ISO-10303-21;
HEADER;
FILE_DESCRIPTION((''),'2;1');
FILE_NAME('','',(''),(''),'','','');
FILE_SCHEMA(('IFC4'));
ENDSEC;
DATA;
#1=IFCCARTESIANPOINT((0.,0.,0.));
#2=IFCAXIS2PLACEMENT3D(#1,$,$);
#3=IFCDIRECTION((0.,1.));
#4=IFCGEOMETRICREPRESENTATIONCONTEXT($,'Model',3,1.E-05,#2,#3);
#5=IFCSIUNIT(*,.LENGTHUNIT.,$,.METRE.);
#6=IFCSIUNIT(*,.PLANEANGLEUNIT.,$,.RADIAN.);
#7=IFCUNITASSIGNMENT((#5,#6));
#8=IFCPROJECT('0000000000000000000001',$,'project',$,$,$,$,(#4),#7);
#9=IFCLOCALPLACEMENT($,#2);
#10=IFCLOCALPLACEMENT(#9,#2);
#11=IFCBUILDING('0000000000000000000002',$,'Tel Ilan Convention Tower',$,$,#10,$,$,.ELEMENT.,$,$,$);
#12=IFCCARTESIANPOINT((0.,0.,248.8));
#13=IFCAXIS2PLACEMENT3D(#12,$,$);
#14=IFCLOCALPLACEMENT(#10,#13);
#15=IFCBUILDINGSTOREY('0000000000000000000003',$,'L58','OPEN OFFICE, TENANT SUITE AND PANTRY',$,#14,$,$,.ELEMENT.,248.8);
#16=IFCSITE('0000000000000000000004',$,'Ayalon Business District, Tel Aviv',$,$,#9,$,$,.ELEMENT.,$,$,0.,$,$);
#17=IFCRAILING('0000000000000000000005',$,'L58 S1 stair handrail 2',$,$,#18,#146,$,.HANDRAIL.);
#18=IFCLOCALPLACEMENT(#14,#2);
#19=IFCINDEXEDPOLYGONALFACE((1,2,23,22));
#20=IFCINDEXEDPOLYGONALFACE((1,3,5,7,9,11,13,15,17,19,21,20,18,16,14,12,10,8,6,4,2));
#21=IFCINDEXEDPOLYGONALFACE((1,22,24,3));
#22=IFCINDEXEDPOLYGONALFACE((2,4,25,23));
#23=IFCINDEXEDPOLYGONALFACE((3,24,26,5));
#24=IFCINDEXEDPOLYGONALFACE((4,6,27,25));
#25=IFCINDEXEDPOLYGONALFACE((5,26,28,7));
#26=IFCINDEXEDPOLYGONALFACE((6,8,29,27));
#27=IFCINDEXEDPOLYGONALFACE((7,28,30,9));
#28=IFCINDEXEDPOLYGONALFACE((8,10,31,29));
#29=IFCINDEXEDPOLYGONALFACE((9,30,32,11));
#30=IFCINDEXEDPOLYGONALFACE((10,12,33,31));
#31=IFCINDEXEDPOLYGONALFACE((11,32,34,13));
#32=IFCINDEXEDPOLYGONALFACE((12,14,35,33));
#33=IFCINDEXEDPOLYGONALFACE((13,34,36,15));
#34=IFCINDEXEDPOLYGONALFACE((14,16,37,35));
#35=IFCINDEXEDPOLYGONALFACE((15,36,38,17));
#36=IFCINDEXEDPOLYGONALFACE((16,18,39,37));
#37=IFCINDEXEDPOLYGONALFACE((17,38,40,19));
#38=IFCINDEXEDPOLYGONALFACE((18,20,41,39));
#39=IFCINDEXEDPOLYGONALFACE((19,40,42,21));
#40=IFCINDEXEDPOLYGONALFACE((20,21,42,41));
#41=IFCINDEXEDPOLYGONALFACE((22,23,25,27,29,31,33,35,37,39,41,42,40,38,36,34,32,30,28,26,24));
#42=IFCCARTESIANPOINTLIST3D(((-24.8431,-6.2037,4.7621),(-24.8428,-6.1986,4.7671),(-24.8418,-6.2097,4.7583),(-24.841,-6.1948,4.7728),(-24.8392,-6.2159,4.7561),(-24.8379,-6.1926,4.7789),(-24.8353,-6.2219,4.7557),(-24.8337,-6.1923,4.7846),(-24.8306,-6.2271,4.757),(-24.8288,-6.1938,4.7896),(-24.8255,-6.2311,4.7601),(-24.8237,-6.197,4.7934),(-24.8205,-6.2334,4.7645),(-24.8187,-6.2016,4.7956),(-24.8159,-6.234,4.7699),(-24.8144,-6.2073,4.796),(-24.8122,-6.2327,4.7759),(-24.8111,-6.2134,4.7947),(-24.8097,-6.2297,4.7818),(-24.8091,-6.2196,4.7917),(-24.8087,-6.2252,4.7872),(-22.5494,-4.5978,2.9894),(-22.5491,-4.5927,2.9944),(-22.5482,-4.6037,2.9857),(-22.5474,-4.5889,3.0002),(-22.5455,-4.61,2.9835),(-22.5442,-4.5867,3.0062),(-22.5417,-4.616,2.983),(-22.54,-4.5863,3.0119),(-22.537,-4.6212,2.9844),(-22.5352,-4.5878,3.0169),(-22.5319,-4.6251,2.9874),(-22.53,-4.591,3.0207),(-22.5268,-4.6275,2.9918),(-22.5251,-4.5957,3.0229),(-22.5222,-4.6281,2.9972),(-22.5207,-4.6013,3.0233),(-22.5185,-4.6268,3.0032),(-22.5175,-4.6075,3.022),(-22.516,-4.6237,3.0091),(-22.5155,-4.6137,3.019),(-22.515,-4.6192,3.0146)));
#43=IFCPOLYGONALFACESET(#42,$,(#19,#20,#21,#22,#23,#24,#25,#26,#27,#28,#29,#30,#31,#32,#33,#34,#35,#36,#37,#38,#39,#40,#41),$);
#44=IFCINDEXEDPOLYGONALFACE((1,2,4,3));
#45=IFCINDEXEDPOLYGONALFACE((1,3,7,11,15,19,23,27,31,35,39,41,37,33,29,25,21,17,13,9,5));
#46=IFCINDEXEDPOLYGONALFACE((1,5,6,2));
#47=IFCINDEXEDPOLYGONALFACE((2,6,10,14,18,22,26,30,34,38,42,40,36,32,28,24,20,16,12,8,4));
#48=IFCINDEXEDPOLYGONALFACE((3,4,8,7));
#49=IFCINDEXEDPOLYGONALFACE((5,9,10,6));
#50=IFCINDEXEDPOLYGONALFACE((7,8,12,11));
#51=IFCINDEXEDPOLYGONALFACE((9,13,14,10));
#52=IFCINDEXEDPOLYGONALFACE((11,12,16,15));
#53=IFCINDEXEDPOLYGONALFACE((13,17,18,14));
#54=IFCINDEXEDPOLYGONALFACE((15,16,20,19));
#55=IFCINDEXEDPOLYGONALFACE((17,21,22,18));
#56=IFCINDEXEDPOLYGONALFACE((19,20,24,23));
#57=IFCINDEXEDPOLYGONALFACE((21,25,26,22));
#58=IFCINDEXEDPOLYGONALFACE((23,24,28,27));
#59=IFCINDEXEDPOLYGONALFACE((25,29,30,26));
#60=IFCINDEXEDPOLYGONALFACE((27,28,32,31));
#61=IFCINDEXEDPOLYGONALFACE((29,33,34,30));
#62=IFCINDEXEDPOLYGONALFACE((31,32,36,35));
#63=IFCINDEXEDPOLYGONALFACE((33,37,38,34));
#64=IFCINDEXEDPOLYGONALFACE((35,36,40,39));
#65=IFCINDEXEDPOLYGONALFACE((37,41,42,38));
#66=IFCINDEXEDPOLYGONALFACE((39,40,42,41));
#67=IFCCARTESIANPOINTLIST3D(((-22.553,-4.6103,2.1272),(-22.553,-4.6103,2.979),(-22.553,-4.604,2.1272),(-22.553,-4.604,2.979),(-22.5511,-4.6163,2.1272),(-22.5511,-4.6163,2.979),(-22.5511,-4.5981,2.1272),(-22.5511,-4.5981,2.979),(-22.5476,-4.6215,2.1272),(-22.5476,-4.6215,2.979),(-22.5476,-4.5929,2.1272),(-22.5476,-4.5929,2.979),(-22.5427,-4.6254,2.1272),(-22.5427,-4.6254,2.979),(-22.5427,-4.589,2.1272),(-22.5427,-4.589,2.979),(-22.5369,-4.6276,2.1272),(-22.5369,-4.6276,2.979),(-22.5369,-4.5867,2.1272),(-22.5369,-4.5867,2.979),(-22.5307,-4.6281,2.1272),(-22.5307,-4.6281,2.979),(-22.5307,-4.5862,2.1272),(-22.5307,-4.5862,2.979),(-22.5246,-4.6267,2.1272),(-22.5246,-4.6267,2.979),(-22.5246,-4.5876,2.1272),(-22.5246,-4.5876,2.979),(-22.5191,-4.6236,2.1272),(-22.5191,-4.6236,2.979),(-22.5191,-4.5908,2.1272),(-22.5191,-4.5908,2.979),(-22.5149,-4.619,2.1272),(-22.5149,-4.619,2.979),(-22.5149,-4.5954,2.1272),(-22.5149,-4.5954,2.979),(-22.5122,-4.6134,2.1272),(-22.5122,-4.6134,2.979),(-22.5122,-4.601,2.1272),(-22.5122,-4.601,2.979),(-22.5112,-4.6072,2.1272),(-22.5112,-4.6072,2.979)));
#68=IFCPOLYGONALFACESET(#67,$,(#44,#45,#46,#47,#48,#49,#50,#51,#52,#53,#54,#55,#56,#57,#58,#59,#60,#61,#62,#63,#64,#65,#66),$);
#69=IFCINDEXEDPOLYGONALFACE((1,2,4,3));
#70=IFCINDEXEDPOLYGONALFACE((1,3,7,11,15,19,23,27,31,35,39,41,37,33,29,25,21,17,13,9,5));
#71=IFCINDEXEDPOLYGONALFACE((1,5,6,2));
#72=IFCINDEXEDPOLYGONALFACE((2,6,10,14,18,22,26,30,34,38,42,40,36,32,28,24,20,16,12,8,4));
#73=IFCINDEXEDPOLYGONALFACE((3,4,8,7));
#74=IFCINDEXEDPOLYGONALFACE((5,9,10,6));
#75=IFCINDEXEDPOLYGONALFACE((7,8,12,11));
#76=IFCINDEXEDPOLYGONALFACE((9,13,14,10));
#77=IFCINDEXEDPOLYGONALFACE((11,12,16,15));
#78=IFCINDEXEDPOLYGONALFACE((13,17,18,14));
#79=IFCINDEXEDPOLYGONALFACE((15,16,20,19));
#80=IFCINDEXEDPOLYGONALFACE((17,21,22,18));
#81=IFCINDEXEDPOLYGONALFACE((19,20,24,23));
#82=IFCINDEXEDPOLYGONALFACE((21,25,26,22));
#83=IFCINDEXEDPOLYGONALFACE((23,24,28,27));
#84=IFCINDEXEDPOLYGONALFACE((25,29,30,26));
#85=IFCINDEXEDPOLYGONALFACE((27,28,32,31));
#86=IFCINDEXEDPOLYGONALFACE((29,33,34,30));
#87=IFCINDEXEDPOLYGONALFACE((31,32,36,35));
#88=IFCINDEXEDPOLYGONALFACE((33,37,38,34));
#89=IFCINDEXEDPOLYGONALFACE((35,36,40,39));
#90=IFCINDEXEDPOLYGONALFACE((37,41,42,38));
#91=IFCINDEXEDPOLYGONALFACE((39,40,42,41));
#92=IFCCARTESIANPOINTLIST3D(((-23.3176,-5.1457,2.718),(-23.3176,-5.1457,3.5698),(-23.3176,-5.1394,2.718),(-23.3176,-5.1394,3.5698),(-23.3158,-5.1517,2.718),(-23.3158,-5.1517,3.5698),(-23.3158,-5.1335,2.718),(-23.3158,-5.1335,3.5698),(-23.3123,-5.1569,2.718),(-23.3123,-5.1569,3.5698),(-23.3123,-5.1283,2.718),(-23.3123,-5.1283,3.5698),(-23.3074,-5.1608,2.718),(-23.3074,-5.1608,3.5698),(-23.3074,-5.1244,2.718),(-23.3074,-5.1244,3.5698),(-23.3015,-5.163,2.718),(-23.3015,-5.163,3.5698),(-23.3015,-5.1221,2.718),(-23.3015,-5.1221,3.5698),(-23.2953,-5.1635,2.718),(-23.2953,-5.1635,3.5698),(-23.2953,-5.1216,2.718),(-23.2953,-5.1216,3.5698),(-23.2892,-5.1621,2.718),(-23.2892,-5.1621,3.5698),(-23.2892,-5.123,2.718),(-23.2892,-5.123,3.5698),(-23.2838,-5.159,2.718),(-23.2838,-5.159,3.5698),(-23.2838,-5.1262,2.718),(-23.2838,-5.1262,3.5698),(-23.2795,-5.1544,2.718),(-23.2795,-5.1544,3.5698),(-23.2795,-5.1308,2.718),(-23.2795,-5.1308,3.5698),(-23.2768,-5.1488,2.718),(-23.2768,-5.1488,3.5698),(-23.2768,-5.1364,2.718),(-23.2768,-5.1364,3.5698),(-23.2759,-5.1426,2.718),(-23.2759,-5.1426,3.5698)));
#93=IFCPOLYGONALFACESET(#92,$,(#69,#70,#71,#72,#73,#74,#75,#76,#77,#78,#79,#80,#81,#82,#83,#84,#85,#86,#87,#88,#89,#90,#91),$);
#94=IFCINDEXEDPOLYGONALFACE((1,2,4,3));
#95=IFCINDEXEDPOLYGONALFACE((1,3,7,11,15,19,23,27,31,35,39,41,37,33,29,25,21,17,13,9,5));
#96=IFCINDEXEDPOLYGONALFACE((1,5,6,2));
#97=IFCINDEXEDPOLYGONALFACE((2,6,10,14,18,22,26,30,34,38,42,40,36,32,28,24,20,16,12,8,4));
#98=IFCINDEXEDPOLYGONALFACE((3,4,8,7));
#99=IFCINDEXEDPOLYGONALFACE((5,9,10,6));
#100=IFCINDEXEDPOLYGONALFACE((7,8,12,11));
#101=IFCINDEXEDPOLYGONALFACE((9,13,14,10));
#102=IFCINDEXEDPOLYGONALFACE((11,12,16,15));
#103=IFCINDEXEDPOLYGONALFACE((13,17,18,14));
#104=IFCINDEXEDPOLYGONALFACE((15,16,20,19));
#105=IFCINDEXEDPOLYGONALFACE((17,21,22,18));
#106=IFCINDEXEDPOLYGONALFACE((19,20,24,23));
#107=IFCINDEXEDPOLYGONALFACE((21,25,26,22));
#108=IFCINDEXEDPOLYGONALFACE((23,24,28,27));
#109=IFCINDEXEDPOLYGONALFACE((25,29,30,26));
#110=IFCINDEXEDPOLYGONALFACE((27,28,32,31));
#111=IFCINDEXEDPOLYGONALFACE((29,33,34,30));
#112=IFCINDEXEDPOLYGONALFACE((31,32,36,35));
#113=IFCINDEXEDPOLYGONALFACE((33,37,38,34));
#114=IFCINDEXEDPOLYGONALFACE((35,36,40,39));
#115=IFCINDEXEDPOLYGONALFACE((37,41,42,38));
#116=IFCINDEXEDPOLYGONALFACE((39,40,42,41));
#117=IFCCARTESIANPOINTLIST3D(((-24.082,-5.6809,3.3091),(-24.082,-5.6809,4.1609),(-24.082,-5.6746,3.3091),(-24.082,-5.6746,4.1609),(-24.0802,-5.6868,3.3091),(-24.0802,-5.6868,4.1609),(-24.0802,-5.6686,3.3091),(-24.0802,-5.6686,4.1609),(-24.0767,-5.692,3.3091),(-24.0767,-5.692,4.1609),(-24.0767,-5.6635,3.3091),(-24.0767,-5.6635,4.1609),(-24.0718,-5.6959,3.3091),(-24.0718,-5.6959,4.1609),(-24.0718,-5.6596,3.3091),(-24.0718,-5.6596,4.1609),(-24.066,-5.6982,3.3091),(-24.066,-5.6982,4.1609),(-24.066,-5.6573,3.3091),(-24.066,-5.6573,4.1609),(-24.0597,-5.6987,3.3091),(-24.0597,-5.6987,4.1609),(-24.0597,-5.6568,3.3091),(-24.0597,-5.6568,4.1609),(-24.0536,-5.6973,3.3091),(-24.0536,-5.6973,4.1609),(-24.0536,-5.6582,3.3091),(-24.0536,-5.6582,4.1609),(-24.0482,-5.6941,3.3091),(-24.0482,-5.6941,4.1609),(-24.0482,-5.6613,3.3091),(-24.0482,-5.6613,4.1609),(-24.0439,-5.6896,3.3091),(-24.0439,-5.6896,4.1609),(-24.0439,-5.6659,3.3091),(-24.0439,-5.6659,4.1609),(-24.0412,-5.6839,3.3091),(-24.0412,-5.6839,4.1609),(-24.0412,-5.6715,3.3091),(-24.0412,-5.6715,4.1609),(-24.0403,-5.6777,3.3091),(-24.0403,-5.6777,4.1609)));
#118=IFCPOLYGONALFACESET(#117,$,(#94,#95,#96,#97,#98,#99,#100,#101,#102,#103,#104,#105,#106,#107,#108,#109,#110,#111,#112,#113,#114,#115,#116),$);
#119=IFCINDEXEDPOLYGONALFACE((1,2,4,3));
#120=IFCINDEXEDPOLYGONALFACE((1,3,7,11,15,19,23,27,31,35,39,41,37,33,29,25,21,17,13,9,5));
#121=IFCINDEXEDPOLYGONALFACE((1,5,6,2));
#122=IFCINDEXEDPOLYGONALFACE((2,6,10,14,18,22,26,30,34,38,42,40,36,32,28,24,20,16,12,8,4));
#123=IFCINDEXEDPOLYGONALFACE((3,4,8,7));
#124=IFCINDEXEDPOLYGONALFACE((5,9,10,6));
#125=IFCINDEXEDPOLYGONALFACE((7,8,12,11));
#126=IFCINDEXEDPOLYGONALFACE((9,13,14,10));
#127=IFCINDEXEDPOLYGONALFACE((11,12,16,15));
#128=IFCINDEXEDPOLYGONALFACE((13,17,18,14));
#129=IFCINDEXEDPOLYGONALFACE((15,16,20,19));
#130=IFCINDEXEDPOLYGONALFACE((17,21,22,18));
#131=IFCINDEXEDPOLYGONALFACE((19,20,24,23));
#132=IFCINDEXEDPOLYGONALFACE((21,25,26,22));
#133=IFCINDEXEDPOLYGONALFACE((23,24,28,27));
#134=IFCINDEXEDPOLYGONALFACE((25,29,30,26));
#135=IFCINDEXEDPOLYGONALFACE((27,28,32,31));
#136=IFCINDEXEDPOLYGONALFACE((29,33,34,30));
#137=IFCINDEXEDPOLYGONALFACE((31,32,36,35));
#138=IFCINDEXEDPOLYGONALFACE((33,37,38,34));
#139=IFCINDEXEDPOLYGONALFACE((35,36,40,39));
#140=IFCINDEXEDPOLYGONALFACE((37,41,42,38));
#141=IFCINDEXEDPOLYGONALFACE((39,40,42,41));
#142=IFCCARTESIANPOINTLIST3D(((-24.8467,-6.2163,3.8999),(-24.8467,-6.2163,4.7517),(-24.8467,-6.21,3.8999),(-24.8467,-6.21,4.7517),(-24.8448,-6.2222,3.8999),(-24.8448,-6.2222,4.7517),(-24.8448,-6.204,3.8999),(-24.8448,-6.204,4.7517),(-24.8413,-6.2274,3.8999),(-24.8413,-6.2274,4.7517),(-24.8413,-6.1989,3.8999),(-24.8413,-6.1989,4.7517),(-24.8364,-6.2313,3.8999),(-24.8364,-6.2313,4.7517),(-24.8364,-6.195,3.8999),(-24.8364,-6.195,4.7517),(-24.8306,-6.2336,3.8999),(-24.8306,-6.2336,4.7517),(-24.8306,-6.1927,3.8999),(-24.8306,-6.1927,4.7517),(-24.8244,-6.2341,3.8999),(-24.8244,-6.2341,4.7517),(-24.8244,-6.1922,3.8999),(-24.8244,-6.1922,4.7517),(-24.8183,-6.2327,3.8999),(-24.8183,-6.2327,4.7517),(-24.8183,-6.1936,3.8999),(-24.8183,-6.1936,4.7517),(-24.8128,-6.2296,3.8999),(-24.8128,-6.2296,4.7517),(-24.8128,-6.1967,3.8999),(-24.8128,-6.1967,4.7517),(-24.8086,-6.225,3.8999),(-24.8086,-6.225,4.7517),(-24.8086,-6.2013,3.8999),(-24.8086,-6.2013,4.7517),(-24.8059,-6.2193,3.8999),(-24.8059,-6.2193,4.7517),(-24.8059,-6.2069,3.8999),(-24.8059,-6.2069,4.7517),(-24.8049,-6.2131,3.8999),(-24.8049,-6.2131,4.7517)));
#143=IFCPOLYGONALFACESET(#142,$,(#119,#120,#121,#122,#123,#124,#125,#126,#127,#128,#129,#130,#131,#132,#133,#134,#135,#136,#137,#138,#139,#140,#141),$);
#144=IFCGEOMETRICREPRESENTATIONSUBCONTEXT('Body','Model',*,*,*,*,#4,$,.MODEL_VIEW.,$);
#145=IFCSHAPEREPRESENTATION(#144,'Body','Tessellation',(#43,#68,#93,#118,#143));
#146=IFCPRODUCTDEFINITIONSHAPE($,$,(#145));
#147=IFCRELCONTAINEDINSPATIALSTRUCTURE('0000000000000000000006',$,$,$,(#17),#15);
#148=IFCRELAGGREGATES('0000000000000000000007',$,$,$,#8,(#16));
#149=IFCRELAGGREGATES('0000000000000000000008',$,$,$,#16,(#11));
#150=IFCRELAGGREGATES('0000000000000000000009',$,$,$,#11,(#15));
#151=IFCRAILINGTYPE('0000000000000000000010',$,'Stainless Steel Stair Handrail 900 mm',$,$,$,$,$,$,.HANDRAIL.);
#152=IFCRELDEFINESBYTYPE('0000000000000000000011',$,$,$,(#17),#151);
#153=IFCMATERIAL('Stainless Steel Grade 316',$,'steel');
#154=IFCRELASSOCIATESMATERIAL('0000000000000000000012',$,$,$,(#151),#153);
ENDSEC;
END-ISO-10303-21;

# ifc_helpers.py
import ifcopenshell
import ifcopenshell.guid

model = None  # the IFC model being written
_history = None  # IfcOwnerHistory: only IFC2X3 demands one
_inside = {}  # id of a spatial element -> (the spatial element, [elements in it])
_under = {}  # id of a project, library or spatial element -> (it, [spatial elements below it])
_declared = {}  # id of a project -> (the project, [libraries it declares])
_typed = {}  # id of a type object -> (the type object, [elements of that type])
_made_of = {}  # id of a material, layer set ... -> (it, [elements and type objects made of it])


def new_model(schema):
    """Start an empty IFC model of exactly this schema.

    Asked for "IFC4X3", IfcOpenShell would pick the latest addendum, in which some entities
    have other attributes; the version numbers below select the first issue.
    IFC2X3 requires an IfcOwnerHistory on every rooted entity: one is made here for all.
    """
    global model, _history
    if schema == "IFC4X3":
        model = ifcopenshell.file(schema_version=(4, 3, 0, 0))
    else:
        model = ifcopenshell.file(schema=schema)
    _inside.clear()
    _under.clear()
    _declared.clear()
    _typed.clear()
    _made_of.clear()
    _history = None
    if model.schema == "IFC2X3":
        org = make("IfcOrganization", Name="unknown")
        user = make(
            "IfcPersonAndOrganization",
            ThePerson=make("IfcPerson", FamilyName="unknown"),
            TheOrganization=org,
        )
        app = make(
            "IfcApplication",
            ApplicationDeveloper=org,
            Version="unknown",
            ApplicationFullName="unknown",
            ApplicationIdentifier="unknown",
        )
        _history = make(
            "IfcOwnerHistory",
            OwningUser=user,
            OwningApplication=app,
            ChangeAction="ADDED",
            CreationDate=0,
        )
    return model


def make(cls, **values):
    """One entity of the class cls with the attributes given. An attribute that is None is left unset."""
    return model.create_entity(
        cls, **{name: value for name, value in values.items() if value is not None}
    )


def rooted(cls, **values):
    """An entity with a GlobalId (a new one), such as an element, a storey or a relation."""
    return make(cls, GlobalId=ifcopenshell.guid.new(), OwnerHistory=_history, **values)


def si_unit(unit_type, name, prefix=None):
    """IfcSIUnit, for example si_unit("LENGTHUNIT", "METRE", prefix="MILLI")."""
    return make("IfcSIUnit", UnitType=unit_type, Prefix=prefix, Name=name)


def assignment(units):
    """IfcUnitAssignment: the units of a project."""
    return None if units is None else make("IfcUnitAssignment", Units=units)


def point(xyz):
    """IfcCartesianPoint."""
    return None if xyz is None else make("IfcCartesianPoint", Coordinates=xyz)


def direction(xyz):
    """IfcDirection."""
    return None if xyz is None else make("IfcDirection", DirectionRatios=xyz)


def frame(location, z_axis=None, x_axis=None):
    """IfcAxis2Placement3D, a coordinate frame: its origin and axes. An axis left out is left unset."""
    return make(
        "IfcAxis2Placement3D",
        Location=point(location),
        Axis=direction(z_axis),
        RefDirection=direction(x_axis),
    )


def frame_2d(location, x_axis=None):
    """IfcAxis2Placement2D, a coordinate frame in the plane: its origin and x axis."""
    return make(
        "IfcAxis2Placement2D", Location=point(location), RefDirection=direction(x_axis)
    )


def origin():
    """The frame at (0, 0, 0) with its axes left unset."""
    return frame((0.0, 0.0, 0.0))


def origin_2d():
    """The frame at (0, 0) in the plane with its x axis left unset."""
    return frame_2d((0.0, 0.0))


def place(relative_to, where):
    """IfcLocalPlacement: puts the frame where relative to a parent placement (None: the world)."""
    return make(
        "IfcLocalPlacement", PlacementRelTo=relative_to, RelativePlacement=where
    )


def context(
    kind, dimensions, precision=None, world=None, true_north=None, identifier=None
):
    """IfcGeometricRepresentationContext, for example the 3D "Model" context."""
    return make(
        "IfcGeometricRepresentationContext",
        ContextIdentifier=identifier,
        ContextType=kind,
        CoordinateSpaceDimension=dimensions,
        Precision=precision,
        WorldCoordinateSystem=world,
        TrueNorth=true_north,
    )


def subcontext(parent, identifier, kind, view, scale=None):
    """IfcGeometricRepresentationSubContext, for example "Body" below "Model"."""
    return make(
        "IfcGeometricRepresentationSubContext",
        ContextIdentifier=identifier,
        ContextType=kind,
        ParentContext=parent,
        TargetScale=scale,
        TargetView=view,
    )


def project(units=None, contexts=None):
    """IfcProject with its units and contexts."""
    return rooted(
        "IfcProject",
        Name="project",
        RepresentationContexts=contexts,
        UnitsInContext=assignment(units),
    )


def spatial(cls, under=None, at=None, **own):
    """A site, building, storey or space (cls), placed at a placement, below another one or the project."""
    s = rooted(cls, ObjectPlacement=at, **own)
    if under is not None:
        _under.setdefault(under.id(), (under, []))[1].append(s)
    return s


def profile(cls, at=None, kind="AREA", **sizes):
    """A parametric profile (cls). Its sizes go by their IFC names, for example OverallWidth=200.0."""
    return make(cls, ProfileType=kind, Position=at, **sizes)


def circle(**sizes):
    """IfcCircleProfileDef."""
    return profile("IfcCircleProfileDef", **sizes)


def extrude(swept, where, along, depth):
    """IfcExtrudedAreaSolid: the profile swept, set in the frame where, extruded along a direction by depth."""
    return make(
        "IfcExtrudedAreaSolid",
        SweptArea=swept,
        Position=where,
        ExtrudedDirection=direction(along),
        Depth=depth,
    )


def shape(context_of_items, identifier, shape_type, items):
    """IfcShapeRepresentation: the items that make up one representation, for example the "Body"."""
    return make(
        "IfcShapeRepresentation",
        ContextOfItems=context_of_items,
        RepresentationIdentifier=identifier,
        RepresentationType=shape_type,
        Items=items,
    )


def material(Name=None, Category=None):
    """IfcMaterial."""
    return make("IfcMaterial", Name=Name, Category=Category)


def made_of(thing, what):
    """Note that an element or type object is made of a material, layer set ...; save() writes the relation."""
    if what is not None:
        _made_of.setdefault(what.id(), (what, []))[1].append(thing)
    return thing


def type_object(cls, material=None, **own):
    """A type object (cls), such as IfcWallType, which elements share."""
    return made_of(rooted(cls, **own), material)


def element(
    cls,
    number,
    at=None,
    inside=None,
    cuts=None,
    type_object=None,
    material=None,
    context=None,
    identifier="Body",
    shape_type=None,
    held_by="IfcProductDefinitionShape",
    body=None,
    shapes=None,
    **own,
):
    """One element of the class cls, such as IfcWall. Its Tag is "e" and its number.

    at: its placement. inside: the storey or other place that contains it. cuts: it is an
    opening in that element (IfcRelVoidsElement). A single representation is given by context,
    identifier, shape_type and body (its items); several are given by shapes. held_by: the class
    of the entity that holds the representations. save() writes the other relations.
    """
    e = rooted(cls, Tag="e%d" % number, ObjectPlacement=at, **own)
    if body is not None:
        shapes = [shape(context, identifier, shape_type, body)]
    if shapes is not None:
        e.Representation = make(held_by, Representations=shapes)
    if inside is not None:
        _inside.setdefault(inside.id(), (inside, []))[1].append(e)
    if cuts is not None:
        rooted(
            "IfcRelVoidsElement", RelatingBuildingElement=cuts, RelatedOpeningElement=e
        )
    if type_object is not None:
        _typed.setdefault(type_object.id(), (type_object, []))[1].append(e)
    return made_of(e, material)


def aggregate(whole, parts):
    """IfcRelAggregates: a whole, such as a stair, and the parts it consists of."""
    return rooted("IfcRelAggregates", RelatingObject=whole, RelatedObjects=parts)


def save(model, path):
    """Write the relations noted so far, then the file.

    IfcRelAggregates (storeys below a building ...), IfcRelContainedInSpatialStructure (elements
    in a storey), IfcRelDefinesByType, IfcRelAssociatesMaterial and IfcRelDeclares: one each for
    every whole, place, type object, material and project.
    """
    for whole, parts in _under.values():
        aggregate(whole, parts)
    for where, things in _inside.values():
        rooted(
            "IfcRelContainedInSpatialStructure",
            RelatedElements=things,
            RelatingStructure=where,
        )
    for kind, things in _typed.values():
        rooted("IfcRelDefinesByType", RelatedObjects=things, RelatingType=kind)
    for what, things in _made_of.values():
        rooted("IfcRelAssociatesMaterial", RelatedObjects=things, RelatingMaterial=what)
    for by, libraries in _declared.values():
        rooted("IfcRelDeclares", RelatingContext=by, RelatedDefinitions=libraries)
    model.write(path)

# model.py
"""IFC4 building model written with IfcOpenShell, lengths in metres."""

from ifc_helpers import new_model, si_unit, direction, frame, origin, origin_2d, place, context, subcontext, project, spatial, circle, extrude, material, type_object, element, save


model = new_model("IFC4")

# Units and contexts
model_context = context("Model", 3, precision=1e-05, world=origin(), true_north=direction((0.0, 1.0)))
body_context = subcontext(model_context, "Body", "Model", "MODEL_VIEW")
ifc_project = project(units=[si_unit("LENGTHUNIT", "METRE"), si_unit("PLANEANGLEUNIT", "RADIAN")], contexts=[model_context])

# Site, building, storey
site_placement = place(None, origin())
site = spatial("IfcSite", under=ifc_project, at=site_placement, Name="Ayalon Business District, Tel Aviv", CompositionType="ELEMENT", RefElevation=0.0)
building_placement = place(site_placement, origin())
building = spatial("IfcBuilding", under=site, at=building_placement, Name="Tel Ilan Convention Tower", CompositionType="ELEMENT")
storey_placement = place(building_placement, frame((0.0, 0.0, 248.8)))
storey = spatial("IfcBuildingStorey", under=building, at=storey_placement, Name="L58", Description="OPEN OFFICE, TENANT SUITE AND PANTRY", CompositionType="ELEMENT", Elevation=248.8)

# Railing
ifc_material_1 = material(Name="Stainless Steel Grade 316", Category="steel")
railing_type_1 = type_object("IfcRailingType", Name="Stainless Steel Stair Handrail 900 mm", PredefinedType="HANDRAIL", material=ifc_material_1)
for number, where, name in (
    (1, (-22.5322, -4.6072, 2.1272), "L58 S1 stair handrail 2"),
):
    element("IfcRailing", number, at=place(storey_placement, frame(where)), inside=storey, type_object=railing_type_1, Name=name, PredefinedType="HANDRAIL", context=body_context, shape_type="SweptSolid", body=[
        extrude(circle(Radius=0.0239, at=origin_2d()), frame((0.0, 0.0, 0.876), z_axis=(-0.692123, -0.484597, 0.534913), x_axis=(0.57355, -0.81917, 0.0)), (0.0, 0.0, 1.0), 3.314),
        extrude(circle(Radius=0.021, at=origin_2d()), origin(), (0.0, 0.0, 1.0), 0.8518),
        extrude(circle(Radius=0.021, at=origin_2d()), frame((-0.7646, -0.5354, 0.5908)), (0.0, 0.0, 1.0), 0.8518),
        extrude(circle(Radius=0.021, at=origin_2d()), frame((-1.5291, -1.0706, 1.1819)), (0.0, 0.0, 1.0), 0.8518),
        extrude(circle(Radius=0.021, at=origin_2d()), frame((-2.2937, -1.606, 1.7727)), (0.0, 0.0, 1.0), 0.8518),
    ])

save(model, "model.ifc")
